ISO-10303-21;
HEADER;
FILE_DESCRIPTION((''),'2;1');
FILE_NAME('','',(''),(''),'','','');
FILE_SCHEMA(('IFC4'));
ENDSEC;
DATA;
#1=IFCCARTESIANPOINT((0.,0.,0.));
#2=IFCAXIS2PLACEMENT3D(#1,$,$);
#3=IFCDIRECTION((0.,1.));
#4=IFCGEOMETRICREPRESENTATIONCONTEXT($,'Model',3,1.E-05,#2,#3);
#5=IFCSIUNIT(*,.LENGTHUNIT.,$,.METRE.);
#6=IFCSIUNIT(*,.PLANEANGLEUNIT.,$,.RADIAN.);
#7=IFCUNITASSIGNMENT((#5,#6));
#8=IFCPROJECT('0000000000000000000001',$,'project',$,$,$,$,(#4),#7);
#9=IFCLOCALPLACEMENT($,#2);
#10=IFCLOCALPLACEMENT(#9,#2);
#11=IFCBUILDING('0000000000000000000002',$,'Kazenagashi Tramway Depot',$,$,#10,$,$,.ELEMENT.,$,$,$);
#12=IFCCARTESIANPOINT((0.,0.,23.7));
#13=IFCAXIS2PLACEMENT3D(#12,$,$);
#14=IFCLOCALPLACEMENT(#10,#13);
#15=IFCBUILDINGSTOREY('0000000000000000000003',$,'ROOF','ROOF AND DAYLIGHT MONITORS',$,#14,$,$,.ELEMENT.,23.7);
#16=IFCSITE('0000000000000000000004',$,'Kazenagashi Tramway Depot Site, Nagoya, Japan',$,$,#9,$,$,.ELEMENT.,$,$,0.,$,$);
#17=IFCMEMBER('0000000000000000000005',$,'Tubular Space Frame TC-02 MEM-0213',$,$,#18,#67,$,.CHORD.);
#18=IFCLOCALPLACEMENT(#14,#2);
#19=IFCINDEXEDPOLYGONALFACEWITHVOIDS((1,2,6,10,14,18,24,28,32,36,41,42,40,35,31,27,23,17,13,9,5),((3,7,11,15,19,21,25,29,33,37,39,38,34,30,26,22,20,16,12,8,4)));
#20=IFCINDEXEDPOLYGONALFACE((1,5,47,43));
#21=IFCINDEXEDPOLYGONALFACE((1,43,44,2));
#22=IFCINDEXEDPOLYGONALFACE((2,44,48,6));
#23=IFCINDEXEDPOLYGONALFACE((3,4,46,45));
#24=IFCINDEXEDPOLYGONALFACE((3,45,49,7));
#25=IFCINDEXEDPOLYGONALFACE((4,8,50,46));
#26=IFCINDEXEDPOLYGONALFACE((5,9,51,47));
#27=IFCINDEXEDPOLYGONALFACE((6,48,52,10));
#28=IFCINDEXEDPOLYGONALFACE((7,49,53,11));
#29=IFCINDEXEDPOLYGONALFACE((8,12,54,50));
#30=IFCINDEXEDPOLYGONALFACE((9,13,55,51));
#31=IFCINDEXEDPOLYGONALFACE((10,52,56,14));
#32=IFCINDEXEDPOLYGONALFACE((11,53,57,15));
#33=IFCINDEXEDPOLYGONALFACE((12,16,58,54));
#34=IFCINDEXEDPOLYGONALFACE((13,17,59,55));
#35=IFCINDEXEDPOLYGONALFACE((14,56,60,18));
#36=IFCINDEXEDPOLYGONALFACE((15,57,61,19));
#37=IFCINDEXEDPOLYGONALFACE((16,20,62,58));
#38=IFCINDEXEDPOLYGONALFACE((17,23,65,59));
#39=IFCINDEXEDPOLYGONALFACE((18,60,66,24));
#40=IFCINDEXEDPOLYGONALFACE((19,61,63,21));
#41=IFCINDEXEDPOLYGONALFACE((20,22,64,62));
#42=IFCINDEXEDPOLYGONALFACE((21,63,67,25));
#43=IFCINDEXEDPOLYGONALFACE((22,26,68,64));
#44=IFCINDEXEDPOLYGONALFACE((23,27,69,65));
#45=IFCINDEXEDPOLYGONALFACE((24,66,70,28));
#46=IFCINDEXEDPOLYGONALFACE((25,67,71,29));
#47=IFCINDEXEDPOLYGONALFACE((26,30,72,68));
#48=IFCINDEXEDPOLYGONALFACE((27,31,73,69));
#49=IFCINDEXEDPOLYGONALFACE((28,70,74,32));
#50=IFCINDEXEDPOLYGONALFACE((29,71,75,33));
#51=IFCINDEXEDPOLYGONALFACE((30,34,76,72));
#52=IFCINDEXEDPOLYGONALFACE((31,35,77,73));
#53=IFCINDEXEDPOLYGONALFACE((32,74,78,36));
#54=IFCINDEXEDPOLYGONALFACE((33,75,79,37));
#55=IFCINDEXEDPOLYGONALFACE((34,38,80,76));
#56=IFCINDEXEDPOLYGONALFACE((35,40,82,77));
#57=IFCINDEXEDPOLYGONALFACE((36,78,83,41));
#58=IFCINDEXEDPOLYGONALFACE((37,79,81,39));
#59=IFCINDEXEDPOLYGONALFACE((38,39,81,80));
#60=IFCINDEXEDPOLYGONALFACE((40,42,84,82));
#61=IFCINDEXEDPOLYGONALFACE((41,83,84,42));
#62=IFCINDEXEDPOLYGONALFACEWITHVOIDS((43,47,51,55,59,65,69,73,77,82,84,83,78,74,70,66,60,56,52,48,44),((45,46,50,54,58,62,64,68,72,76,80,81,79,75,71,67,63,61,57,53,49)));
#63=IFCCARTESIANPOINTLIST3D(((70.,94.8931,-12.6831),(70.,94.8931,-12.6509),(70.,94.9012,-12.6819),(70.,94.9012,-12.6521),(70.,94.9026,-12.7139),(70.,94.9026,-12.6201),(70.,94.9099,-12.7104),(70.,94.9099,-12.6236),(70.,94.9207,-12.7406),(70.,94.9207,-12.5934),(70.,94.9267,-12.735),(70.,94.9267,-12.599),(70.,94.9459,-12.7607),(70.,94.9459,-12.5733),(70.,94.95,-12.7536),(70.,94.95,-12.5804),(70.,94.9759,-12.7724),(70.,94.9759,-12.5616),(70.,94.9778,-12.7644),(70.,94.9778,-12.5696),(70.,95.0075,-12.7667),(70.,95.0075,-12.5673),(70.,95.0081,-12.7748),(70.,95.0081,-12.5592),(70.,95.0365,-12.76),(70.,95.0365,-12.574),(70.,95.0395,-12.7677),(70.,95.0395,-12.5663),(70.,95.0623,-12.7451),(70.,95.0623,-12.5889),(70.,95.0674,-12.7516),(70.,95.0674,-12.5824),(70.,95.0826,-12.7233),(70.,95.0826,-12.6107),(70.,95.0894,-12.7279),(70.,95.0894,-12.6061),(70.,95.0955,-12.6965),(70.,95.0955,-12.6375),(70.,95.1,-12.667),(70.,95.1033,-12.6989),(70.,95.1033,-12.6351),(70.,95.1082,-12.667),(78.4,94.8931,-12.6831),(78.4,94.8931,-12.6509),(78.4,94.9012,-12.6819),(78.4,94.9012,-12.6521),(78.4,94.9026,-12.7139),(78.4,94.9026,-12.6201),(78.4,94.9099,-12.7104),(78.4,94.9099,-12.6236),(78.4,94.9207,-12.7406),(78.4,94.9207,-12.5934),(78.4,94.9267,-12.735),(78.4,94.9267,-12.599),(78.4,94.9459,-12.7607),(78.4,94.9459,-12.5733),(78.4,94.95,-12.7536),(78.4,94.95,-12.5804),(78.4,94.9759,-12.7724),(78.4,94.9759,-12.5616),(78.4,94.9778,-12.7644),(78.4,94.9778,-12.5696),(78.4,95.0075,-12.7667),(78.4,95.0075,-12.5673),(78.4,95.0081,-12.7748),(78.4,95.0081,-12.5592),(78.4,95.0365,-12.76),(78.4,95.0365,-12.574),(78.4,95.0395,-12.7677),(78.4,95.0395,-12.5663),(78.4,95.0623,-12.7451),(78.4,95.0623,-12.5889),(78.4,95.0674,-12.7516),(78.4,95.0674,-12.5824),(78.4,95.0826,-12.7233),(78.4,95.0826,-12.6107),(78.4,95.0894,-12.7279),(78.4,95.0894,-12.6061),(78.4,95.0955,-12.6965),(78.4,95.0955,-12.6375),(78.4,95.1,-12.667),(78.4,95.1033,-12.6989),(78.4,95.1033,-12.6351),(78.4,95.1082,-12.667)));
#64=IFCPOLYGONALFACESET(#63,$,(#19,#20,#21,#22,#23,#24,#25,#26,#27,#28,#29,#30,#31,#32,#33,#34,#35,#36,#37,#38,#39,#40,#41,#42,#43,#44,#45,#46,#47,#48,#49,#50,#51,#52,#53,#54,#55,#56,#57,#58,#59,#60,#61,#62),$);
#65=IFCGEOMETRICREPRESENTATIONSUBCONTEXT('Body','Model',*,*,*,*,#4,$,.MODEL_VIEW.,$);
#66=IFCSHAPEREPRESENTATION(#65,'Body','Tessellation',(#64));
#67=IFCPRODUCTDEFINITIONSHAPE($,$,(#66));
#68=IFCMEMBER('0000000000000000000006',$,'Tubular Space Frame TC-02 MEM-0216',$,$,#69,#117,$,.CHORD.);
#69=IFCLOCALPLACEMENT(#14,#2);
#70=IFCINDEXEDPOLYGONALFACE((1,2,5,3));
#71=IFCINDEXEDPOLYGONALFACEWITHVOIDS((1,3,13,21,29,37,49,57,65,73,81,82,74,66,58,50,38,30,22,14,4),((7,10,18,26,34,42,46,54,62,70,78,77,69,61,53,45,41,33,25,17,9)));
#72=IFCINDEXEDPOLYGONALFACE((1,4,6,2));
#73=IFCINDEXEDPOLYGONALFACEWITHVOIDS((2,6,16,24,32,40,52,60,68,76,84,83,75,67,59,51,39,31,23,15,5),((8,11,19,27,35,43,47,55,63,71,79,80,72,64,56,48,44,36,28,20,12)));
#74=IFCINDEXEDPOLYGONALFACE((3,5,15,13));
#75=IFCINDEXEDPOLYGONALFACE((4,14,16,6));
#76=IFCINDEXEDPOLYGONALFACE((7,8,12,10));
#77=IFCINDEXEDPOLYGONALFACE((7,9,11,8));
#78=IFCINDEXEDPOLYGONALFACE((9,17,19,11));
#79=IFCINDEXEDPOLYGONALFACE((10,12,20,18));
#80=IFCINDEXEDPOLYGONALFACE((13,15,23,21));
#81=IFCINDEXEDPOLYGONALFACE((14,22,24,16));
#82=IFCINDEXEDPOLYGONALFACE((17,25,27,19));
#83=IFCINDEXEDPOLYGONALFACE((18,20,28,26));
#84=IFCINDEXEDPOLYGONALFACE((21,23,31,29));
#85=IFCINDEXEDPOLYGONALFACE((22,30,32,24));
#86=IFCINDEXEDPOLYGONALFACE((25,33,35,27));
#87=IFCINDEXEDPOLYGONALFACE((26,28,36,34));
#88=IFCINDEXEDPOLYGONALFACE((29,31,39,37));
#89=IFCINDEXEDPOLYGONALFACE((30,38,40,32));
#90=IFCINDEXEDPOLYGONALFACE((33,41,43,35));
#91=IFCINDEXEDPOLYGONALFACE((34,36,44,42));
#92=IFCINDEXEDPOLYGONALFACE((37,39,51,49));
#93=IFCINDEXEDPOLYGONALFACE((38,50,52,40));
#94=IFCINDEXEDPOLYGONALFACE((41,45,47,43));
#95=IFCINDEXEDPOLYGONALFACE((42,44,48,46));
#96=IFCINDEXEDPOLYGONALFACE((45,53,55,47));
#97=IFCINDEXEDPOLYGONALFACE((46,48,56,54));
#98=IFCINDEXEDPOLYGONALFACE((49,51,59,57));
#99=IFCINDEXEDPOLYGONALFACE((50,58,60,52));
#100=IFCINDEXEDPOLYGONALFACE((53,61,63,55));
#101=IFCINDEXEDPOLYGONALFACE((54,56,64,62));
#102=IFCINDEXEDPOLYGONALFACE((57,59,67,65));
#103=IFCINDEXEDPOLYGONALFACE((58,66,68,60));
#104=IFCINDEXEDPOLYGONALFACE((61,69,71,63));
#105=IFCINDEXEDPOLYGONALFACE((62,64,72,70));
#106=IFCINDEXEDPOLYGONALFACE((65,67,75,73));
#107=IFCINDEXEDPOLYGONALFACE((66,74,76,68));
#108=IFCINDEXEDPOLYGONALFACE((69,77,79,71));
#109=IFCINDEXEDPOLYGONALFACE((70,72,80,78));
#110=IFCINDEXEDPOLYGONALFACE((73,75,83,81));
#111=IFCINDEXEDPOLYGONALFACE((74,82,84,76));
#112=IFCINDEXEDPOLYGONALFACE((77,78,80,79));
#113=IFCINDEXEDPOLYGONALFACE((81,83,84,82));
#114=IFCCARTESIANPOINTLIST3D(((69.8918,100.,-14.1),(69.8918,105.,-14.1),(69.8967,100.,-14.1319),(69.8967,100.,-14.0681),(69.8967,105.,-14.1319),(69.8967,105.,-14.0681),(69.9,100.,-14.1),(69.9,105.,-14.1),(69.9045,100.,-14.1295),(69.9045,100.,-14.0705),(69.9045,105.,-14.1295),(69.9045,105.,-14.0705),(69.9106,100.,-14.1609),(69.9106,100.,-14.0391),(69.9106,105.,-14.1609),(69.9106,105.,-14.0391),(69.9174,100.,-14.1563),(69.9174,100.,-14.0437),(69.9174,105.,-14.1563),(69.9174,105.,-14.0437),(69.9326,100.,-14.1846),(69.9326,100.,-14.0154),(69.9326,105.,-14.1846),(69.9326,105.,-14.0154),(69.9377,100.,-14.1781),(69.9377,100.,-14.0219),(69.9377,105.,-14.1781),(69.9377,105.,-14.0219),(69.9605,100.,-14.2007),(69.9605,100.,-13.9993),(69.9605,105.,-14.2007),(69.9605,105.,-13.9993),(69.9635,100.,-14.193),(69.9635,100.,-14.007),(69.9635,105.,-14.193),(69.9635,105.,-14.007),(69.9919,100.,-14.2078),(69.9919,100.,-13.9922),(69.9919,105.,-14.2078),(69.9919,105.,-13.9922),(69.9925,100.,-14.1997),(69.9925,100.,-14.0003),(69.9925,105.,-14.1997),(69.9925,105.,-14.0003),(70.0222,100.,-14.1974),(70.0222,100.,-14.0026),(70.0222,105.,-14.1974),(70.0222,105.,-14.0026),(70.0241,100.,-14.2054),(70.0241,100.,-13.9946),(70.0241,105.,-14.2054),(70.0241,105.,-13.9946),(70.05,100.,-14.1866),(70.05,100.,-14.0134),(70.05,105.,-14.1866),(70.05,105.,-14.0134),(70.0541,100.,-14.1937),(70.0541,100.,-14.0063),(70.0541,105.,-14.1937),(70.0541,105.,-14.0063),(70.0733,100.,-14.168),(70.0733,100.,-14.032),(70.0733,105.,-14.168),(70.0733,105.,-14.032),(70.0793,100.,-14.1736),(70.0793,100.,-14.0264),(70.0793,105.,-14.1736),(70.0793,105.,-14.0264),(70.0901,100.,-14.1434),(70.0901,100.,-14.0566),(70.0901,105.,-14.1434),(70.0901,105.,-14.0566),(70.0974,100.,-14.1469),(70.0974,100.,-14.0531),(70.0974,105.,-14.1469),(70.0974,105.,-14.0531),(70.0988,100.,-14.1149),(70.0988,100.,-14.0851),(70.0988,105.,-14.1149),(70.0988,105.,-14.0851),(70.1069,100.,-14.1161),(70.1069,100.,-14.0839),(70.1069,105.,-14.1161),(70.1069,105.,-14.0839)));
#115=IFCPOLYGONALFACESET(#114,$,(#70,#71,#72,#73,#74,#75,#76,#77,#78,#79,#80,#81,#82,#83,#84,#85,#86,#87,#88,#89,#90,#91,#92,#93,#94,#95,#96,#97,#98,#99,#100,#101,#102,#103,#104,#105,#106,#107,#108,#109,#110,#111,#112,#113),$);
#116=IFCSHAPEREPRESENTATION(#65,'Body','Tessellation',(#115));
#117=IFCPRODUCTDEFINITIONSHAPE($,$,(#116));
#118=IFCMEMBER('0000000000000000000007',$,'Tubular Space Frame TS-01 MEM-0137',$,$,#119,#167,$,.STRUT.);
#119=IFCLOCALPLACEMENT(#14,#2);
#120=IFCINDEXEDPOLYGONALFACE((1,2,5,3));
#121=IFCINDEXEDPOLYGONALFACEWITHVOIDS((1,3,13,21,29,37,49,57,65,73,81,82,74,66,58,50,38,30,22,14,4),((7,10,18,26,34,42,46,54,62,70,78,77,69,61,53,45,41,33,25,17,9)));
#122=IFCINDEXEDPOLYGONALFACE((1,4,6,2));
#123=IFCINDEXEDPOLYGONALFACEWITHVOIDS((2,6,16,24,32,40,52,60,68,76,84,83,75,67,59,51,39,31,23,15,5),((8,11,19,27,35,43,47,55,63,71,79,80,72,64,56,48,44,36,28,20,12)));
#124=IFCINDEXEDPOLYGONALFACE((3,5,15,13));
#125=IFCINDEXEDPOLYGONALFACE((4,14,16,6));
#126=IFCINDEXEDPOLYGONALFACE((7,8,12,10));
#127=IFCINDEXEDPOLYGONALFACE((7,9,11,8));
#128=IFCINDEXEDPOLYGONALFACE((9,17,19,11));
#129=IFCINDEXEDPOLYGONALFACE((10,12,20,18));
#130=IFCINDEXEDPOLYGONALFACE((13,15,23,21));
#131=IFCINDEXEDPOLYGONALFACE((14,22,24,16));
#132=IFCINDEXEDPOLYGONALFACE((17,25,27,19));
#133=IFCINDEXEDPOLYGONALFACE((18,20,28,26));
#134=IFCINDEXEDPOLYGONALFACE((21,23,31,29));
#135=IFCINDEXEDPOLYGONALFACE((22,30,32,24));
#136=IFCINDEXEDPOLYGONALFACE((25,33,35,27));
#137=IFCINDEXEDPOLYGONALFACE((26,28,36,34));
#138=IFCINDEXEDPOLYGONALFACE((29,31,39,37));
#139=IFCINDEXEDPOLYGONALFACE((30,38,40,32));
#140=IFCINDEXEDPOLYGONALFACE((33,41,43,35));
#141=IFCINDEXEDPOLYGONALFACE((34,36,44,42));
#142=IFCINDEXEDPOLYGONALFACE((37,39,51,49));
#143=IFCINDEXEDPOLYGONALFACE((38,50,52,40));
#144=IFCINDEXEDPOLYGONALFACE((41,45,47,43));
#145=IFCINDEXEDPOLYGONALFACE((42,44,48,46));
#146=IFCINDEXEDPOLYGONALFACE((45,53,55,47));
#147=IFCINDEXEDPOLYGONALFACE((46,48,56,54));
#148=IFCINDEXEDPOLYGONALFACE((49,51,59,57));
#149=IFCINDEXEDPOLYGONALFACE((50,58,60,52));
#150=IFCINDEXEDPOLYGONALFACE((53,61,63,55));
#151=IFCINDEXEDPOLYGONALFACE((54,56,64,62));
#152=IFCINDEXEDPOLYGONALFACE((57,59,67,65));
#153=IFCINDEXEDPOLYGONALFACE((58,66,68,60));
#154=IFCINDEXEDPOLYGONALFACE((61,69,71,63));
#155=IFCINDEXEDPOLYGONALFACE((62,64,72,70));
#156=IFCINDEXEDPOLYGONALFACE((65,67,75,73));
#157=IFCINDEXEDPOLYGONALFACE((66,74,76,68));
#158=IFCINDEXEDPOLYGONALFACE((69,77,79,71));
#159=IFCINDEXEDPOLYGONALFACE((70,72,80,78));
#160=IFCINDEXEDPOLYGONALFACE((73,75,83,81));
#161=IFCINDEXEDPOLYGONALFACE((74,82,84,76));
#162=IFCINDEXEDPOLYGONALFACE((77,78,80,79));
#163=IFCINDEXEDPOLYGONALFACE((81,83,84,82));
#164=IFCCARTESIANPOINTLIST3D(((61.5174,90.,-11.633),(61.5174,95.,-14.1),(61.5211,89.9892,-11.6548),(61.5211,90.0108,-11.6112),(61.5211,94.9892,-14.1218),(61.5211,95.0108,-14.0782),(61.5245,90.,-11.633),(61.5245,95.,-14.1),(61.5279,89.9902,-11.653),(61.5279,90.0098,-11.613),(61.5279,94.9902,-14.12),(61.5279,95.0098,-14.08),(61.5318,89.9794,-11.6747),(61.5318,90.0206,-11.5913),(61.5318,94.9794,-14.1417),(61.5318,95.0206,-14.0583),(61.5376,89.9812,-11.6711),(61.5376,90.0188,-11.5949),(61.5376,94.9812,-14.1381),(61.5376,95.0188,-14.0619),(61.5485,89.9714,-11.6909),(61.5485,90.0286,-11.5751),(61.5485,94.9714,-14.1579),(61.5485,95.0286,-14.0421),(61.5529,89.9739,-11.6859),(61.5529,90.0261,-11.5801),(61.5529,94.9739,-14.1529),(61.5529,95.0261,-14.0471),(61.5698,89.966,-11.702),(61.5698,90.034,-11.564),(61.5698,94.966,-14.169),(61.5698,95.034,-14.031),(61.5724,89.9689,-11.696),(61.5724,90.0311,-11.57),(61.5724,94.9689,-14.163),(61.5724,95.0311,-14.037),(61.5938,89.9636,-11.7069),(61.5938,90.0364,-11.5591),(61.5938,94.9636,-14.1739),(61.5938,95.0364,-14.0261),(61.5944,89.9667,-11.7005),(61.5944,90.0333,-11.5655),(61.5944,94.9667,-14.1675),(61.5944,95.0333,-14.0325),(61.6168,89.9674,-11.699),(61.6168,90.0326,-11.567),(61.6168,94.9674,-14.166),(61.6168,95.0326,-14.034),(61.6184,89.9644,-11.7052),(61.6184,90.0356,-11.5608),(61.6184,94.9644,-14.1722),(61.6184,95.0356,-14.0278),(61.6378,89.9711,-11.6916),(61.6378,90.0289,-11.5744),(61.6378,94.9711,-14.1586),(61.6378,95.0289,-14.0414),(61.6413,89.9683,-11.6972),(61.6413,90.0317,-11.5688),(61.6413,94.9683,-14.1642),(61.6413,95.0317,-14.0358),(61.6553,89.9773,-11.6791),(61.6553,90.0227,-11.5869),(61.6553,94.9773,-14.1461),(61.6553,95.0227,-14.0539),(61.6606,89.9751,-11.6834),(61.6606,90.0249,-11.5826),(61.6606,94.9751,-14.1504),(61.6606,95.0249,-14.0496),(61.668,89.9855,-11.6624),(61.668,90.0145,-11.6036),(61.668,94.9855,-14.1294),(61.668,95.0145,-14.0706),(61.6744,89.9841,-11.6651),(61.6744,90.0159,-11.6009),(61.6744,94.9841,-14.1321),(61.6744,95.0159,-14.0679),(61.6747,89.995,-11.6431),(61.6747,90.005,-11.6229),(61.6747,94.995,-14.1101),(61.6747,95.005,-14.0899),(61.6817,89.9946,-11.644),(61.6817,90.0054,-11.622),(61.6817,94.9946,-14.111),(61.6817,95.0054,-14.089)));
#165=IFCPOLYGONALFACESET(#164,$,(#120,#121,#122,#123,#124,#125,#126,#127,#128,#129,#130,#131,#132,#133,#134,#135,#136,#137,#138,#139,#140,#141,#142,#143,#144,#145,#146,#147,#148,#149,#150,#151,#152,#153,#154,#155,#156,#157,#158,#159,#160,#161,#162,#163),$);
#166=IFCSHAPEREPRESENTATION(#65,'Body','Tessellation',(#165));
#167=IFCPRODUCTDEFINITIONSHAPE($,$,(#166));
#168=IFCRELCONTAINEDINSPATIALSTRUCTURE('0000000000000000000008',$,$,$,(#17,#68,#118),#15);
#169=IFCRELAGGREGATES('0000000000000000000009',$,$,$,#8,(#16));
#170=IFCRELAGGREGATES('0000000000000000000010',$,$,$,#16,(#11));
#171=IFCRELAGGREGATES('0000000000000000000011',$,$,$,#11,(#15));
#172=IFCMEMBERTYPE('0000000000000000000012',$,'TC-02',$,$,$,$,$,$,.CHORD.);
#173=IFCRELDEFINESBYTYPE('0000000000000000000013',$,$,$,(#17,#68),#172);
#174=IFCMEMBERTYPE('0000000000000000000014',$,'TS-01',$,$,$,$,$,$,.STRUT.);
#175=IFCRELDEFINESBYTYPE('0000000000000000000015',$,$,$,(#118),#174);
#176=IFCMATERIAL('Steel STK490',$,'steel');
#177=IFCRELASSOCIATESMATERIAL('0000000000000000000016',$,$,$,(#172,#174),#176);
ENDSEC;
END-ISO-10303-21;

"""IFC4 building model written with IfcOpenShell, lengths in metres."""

from ifc_helpers import new_model, si_unit, direction, frame, origin, origin_2d, place, context, subcontext, project, spatial, hollow_circle, extrude, material, material_profile, profile_set, type_object, element, save


model = new_model("IFC4")

# Units and contexts
model_context = context("Model", 3, precision=1e-05, world=origin(), true_north=direction((0.0, 1.0)))
body_context = subcontext(model_context, "Body", "Model", "MODEL_VIEW")
ifc_project = project(units=[si_unit("LENGTHUNIT", "METRE"), si_unit("PLANEANGLEUNIT", "RADIAN")], contexts=[model_context])

# Site, building, storey
site_placement = place(None, origin())
site = spatial("IfcSite", under=ifc_project, at=site_placement, Name="Kazenagashi Tramway Depot Site, Nagoya, Japan", CompositionType="ELEMENT", RefElevation=0.0)
building_placement = place(site_placement, origin())
building = spatial("IfcBuilding", under=site, at=building_placement, Name="Kazenagashi Tramway Depot", CompositionType="ELEMENT")
storey_placement = place(building_placement, frame((0.0, 0.0, 23.7)))
storey = spatial("IfcBuildingStorey", under=building, at=storey_placement, Name="ROOF", Description="ROOF AND DAYLIGHT MONITORS", CompositionType="ELEMENT", Elevation=23.7)

# Members
ifc_material_1 = material(Name="Steel STK490", Category="steel")
ifc_material_profile_1 = material_profile(ifc_material_1, hollow_circle(Radius=0.1081, WallThickness=0.0082, at=origin_2d()), Name="CHS-216.3x8.2")
ifc_profile_set_1 = profile_set([ifc_material_profile_1], Name="Steel STK490")
member_type_1 = type_object("IfcMemberType", Name="TC-02", PredefinedType="CHORD", material=ifc_profile_set_1)
for number, where, z_axis, x_axis, name in (
    (1, (70.0, 95.0, -12.667), (1.0, 0.0, 0.0), (0.0, 1.0, 0.0), "Tubular Space Frame TC-02 MEM-0213"),
):
    element("IfcMember", number, at=place(storey_placement, frame(where, z_axis=z_axis, x_axis=x_axis)), inside=storey, type_object=member_type_1, Name=name, PredefinedType="CHORD", context=body_context, shape_type="SweptSolid", body=[
        extrude(hollow_circle(Radius=0.1081, WallThickness=0.0082, at=origin_2d()), origin(), (0.0, 0.0, 1.0), 8.4),
    ])
member_1_placement = place(storey_placement, frame((70.0, 100.0, -14.1), z_axis=(0.0, 1.0, 0.0), x_axis=(-1.0, 0.0, 0.0)))
element("IfcMember", 2, at=member_1_placement, inside=storey, type_object=member_type_1, Name="Tubular Space Frame TC-02 MEM-0216", PredefinedType="CHORD", context=body_context, shape_type="SweptSolid", body=[
    extrude(hollow_circle(Radius=0.1081, WallThickness=0.0082, at=origin_2d()), origin(), (0.0, 0.0, 1.0), 5.0),
])
ifc_material_profile_2 = material_profile(ifc_material_1, hollow_circle(Radius=0.0826, WallThickness=0.0071, at=origin_2d()), Name="CHS-165.2x7.1")
ifc_profile_set_2 = profile_set([ifc_material_profile_2], Name="Steel STK490")
member_type_2 = type_object("IfcMemberType", Name="TS-01", PredefinedType="STRUT", material=ifc_profile_set_2)
member_2_placement = place(storey_placement, frame((61.6, 90.0, -11.633), z_axis=(0.0, 0.896782, -0.442472), x_axis=(-1.0, 0.0, 0.0)))
element("IfcMember", 3, at=member_2_placement, inside=storey, type_object=member_type_2, Name="Tubular Space Frame TS-01 MEM-0137", PredefinedType="STRUT", context=body_context, shape_type="SweptSolid", body=[
    extrude(hollow_circle(Radius=0.0826, WallThickness=0.0071, at=origin_2d()), origin(), (0.0, 0.0, 1.0), 5.5755),
])

save(model, "model.ifc")
